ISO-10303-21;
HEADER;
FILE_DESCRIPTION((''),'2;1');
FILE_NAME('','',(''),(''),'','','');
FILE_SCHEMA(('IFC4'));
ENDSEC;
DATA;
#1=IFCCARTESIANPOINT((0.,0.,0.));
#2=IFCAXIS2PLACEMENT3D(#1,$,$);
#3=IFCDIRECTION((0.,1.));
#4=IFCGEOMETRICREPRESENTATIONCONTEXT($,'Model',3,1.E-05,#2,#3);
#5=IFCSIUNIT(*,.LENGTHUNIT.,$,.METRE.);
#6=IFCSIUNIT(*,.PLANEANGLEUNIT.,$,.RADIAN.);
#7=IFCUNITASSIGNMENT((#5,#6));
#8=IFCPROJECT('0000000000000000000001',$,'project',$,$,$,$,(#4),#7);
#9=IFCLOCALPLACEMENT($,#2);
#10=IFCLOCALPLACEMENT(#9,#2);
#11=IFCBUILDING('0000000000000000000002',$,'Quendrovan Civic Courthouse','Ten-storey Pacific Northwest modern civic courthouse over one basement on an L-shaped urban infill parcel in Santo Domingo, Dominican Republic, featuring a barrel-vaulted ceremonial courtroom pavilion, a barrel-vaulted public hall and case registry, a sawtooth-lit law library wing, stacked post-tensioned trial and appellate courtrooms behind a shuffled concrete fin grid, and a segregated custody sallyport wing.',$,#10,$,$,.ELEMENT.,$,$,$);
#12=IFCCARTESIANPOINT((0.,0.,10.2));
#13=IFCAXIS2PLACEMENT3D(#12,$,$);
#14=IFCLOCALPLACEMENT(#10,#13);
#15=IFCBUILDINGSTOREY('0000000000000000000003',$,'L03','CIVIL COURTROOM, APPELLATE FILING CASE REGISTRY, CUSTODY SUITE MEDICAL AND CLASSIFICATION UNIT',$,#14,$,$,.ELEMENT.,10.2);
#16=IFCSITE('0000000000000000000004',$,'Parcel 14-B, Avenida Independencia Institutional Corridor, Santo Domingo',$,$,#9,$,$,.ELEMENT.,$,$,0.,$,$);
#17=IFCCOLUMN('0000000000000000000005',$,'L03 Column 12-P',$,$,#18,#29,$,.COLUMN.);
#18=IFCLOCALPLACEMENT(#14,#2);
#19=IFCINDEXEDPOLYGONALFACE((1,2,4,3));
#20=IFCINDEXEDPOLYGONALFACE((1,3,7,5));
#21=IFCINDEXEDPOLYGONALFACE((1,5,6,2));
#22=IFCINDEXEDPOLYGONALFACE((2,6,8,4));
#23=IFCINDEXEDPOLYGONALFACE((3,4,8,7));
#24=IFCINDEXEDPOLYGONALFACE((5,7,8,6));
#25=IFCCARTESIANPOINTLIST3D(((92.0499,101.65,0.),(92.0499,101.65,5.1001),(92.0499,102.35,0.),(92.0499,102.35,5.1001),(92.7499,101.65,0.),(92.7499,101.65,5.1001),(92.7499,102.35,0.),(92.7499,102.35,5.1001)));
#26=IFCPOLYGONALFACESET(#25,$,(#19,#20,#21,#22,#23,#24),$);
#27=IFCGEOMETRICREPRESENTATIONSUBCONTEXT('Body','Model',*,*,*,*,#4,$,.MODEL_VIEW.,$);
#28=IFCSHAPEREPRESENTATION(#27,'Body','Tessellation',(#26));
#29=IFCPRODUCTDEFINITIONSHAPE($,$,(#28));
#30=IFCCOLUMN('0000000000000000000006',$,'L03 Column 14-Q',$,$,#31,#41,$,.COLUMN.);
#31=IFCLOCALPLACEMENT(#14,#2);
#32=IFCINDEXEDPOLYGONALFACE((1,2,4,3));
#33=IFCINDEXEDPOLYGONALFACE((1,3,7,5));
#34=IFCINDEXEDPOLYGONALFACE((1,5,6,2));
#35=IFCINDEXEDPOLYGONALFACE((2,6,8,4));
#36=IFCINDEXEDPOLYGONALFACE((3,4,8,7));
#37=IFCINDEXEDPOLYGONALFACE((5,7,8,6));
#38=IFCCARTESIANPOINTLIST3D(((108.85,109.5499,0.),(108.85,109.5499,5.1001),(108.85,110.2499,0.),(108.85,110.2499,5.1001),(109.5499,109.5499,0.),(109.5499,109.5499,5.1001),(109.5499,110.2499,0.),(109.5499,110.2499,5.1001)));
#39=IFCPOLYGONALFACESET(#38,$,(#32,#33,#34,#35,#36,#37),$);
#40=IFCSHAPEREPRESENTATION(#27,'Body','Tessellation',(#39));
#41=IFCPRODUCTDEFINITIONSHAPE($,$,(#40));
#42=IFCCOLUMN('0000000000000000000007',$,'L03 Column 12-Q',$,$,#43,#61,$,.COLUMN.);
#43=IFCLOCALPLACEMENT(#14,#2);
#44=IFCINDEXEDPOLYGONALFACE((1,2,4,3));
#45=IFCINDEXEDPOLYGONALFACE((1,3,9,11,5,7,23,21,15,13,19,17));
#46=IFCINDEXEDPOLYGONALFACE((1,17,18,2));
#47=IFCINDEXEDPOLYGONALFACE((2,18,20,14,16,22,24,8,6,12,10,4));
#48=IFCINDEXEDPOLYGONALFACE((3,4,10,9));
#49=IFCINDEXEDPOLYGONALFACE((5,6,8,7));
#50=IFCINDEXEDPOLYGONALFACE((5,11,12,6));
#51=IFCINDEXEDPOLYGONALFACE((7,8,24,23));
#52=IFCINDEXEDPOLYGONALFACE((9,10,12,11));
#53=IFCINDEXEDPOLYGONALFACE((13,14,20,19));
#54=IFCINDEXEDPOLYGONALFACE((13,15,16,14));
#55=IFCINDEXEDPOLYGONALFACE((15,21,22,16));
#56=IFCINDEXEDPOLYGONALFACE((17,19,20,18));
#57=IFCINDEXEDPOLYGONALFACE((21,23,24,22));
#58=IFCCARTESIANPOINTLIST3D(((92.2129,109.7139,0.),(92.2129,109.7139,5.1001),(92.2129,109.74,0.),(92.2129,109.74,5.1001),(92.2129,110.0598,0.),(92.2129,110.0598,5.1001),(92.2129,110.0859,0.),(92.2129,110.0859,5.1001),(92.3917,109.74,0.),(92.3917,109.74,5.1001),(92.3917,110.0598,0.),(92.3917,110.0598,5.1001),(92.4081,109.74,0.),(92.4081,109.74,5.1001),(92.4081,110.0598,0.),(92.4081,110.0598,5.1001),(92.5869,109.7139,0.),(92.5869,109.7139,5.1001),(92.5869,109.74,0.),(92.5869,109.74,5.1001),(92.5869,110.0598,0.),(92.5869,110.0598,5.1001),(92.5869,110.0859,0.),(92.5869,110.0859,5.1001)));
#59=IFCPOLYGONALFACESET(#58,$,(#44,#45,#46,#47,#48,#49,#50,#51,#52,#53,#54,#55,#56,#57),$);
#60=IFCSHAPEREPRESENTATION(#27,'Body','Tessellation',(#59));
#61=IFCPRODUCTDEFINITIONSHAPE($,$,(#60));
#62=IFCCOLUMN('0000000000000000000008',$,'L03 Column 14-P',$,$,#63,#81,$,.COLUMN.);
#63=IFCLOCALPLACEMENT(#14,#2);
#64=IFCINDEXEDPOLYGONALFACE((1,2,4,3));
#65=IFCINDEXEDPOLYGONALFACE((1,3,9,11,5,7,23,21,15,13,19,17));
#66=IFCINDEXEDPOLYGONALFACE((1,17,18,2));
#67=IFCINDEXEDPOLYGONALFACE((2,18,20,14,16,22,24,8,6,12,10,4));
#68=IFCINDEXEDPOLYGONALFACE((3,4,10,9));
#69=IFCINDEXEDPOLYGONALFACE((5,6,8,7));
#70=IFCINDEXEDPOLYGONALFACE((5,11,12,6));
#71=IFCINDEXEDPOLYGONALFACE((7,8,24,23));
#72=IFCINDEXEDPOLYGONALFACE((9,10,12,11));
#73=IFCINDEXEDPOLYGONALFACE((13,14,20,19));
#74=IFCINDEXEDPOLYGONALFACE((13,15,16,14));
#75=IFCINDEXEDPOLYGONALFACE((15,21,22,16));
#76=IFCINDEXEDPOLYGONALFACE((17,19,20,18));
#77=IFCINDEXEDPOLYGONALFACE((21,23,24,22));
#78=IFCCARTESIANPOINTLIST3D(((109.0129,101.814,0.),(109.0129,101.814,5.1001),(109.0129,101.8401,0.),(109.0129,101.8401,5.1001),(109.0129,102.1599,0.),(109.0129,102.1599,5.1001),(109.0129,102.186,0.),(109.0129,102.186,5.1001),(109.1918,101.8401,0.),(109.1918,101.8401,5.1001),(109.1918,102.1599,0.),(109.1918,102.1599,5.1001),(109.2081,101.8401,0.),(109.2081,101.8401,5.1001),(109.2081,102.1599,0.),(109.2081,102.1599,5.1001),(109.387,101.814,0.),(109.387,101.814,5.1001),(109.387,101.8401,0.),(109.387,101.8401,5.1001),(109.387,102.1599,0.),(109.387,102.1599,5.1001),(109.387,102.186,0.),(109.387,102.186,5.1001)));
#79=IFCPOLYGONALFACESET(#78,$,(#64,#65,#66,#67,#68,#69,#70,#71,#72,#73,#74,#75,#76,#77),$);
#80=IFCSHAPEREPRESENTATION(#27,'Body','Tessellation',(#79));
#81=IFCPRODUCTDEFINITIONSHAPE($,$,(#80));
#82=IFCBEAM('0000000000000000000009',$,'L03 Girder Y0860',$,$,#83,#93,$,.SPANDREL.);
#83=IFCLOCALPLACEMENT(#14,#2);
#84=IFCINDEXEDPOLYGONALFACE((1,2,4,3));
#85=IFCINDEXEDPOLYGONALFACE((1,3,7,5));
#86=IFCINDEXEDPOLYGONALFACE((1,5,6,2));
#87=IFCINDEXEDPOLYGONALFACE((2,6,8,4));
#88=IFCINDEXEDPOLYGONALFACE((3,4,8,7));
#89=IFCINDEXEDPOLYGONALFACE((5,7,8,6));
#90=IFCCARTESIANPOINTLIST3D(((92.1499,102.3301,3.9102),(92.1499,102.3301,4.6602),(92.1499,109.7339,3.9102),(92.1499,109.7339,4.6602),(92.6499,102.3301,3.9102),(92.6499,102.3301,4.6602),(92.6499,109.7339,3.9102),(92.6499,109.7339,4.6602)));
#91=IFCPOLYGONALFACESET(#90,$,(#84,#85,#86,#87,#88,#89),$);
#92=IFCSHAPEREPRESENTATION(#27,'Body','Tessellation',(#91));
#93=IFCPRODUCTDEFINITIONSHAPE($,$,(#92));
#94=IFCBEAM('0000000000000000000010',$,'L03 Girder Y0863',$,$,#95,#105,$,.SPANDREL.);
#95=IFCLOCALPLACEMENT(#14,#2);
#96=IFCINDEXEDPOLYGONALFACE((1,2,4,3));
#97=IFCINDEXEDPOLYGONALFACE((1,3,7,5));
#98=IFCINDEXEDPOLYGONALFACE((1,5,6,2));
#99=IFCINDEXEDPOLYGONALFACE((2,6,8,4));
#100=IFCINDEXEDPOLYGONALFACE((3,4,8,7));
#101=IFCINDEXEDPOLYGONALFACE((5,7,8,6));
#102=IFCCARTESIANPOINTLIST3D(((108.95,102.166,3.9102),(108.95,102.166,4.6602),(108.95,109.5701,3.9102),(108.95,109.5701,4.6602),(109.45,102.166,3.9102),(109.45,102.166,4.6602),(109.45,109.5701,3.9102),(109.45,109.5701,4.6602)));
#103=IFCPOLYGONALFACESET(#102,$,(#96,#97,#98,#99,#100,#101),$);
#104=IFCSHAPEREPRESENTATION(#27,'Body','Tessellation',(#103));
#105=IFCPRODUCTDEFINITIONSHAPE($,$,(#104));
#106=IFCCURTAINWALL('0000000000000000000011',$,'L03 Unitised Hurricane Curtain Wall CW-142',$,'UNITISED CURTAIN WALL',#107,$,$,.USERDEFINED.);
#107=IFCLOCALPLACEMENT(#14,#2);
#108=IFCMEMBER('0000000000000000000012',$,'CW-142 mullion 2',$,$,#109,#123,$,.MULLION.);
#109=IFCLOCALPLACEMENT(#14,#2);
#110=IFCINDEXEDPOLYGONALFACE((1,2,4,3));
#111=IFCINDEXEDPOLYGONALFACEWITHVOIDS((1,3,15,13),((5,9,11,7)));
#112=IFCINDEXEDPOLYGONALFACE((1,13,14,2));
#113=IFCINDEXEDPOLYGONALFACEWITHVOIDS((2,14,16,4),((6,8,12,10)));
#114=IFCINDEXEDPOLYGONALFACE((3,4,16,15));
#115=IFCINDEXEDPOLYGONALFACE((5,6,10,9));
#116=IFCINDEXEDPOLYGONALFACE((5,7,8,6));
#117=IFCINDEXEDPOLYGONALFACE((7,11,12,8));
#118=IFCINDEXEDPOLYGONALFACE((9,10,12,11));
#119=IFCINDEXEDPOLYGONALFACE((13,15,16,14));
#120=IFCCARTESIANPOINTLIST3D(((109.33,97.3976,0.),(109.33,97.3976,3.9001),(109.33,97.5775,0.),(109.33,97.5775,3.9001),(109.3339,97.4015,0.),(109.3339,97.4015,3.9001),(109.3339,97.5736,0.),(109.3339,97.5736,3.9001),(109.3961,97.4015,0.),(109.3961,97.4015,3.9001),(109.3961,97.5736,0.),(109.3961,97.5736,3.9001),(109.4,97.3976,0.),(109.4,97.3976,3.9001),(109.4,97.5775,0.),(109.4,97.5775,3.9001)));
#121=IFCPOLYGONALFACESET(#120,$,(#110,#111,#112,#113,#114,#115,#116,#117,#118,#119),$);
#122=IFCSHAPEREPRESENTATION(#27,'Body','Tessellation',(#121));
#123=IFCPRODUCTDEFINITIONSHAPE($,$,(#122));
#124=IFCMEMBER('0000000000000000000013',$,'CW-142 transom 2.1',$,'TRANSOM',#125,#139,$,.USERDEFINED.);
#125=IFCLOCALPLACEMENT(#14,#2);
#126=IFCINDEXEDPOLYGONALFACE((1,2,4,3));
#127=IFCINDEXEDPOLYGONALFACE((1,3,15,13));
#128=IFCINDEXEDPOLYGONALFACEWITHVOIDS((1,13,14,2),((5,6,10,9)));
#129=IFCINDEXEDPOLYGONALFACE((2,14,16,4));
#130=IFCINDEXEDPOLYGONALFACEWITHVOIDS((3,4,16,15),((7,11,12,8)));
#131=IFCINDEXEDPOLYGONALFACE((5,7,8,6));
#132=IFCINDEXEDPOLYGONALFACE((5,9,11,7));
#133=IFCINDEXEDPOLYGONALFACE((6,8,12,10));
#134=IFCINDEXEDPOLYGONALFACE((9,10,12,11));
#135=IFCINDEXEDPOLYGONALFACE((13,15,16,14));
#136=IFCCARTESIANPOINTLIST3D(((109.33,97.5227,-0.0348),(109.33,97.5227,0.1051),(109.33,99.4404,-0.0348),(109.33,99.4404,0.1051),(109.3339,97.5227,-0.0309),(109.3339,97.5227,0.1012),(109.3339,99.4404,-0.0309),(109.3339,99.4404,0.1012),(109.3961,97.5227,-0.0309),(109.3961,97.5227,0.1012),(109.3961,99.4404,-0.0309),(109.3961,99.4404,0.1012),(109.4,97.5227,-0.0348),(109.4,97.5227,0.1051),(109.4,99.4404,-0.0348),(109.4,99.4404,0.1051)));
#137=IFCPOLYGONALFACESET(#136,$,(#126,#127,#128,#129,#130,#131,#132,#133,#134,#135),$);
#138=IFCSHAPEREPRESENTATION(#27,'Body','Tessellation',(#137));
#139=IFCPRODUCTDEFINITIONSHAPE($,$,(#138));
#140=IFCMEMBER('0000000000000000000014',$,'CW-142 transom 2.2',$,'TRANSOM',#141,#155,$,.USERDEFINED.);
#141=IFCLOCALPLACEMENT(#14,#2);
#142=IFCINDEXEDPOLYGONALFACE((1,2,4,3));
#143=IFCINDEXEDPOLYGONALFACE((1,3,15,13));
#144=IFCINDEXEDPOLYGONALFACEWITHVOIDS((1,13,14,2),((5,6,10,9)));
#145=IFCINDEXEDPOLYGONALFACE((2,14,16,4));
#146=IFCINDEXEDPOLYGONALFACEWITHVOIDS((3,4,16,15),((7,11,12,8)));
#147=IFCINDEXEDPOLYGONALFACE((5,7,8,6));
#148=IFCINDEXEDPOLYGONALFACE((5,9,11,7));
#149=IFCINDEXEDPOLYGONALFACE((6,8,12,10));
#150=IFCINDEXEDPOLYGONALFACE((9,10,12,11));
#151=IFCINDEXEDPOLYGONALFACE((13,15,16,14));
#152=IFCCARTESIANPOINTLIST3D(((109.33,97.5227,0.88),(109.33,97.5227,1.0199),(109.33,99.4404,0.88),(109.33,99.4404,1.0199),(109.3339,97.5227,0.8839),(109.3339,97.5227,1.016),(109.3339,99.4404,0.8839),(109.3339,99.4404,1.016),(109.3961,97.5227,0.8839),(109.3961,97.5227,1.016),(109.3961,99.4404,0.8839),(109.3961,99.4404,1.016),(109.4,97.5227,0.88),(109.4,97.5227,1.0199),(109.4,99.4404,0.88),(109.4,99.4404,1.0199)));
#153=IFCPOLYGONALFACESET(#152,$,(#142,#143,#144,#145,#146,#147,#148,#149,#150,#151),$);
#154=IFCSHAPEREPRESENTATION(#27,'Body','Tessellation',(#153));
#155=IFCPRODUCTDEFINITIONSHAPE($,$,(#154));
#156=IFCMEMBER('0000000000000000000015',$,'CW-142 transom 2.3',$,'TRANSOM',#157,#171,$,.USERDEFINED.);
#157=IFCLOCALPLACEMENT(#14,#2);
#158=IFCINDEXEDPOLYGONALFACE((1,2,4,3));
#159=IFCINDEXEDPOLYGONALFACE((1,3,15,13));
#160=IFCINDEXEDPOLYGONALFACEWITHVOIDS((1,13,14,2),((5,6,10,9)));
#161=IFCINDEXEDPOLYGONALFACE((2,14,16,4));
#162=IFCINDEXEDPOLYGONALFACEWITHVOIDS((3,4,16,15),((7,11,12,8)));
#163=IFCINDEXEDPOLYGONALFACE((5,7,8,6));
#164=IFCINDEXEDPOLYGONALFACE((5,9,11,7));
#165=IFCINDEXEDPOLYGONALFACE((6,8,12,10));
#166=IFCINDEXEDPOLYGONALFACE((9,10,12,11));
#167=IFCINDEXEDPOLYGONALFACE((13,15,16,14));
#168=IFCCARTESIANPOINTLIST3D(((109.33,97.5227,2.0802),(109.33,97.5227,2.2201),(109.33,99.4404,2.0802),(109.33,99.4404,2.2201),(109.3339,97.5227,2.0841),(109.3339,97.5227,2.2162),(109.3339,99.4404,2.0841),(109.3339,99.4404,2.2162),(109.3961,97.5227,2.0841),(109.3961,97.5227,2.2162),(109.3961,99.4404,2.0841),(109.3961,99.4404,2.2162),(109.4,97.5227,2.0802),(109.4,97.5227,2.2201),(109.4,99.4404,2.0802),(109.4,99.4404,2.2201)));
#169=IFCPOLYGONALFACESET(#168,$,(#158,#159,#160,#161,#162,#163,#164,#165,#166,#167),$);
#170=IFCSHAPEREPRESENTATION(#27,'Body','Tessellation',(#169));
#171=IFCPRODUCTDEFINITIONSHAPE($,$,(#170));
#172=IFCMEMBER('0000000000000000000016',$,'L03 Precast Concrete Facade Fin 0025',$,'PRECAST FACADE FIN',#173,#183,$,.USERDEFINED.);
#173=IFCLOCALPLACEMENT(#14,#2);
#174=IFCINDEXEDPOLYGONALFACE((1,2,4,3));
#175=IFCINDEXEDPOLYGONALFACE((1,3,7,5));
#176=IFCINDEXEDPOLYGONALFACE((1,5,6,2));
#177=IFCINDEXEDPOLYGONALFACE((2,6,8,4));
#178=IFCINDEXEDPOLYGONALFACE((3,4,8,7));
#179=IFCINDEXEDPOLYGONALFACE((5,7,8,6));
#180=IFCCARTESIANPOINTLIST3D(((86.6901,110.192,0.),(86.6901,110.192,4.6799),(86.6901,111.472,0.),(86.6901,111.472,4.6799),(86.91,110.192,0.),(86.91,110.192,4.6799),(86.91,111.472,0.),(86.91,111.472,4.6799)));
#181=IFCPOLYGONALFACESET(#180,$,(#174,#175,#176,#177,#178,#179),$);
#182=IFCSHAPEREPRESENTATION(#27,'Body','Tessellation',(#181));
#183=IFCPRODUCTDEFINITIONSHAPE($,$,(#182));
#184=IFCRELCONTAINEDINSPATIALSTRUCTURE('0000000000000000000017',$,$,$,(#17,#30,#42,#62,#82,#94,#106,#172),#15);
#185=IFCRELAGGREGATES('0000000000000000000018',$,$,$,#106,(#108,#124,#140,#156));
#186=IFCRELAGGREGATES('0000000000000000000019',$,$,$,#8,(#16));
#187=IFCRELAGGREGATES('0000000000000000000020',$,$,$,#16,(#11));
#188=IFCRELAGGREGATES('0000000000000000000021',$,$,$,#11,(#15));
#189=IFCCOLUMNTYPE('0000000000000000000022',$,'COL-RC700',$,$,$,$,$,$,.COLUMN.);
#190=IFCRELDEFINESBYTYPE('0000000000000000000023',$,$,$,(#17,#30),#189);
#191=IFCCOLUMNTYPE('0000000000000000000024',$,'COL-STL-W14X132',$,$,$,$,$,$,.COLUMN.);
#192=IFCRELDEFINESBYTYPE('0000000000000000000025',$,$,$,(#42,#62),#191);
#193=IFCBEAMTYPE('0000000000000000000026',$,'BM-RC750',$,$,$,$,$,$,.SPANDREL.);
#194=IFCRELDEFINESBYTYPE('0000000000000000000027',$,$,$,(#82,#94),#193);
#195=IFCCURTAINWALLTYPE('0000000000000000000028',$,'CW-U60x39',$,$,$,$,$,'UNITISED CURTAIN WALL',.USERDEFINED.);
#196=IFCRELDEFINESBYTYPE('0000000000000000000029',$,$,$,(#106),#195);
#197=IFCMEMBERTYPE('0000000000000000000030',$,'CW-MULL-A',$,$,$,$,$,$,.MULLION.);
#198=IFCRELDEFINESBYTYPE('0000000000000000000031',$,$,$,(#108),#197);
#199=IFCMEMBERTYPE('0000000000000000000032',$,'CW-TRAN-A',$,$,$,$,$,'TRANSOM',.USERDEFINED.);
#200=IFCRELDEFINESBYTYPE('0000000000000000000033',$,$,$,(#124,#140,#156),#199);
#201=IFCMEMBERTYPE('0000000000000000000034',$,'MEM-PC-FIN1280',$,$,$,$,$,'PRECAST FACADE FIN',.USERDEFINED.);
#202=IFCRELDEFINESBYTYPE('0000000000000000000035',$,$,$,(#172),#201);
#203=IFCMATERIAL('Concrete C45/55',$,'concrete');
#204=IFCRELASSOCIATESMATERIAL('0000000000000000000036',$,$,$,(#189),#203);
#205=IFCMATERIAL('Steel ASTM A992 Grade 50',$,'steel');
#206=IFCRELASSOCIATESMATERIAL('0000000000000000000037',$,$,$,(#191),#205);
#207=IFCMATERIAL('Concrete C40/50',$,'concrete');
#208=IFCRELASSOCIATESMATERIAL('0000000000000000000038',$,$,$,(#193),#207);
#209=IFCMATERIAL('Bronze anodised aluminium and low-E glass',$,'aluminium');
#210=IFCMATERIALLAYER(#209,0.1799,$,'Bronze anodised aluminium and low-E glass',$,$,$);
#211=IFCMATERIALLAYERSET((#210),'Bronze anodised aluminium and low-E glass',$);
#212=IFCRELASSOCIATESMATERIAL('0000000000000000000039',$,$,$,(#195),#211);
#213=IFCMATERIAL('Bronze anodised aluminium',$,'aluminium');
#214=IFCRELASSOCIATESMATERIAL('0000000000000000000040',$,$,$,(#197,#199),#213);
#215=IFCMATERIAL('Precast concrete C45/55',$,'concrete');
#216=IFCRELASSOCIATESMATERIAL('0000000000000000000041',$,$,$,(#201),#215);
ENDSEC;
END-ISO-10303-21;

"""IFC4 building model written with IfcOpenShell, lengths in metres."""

from ifc_helpers import new_model, si_unit, direction, frame, origin, origin_2d, place, context, subcontext, project, spatial, rectangle, hollow_rectangle, i_section, extrude, material, layer, layer_set, material_profile, profile_set, type_object, element, aggregate, save


model = new_model("IFC4")

# Units and contexts
model_context = context("Model", 3, precision=1e-05, world=origin(), true_north=direction((0.0, 1.0)))
body_context = subcontext(model_context, "Body", "Model", "MODEL_VIEW")
ifc_project = project(units=[si_unit("LENGTHUNIT", "METRE"), si_unit("PLANEANGLEUNIT", "RADIAN")], contexts=[model_context])

# Site, building, storey
site_placement = place(None, origin())
site = spatial("IfcSite", under=ifc_project, at=site_placement, Name="Parcel 14-B, Avenida Independencia Institutional Corridor, Santo Domingo", CompositionType="ELEMENT", RefElevation=0.0)
building_placement = place(site_placement, origin())
building = spatial("IfcBuilding", under=site, at=building_placement, Name="Quendrovan Civic Courthouse", Description="Ten-storey Pacific Northwest modern civic courthouse over one basement on an L-shaped urban infill parcel in Santo Domingo, Dominican Republic, featuring a barrel-vaulted ceremonial courtroom pavilion, a barrel-vaulted public hall and case registry, a sawtooth-lit law library wing, stacked post-tensioned trial and appellate courtrooms behind a shuffled concrete fin grid, and a segregated custody sallyport wing.", CompositionType="ELEMENT")
storey_placement = place(building_placement, frame((0.0, 0.0, 10.2)))
storey = spatial("IfcBuildingStorey", under=building, at=storey_placement, Name="L03", Description="CIVIL COURTROOM, APPELLATE FILING CASE REGISTRY, CUSTODY SUITE MEDICAL AND CLASSIFICATION UNIT", CompositionType="ELEMENT", Elevation=10.2)

# Columns
ifc_material_1 = material(Name="Concrete C45/55", Category="concrete")
ifc_material_profile_1 = material_profile(ifc_material_1, rectangle(XDim=0.7, YDim=0.7, at=origin_2d()), Name="RC-COL-700x700")
ifc_profile_set_1 = profile_set([ifc_material_profile_1], Name="Concrete C45/55")
column_type_1 = type_object("IfcColumnType", Name="COL-RC700", PredefinedType="COLUMN", material=ifc_profile_set_1)
for number, where, z_axis, x_axis, name in (
    (1, (92.3999, 102.0, 0.0), (0.0, 0.0, 1.0), (1.0, 0.0, 0.0), "L03 Column 12-P"),
    (2, (109.2, 109.8999, 0.0), (0.0, 0.0, 1.0), (1.0, 0.0, 0.0), "L03 Column 14-Q"),
):
    element("IfcColumn", number, at=place(storey_placement, frame(where, z_axis=z_axis, x_axis=x_axis)), inside=storey, type_object=column_type_1, Name=name, PredefinedType="COLUMN", context=body_context, shape_type="SweptSolid", body=[
        extrude(rectangle(XDim=0.7, YDim=0.7, at=origin_2d()), origin(), (0.0, 0.0, 1.0), 5.1001),
    ])
ifc_material_2 = material(Name="Steel ASTM A992 Grade 50", Category="steel")
ifc_material_profile_2 = material_profile(ifc_material_2, i_section(OverallWidth=0.374, OverallDepth=0.3721, WebThickness=0.0164, FlangeThickness=0.0261, at=origin_2d()), Name="W14X132")
ifc_profile_set_2 = profile_set([ifc_material_profile_2], Name="Steel ASTM A992 Grade 50")
column_type_2 = type_object("IfcColumnType", Name="COL-STL-W14X132", PredefinedType="COLUMN", material=ifc_profile_set_2)
for number, where, z_axis, x_axis, name in (
    (3, (92.3999, 109.8999, 0.0), (0.0, 0.0, 1.0), (1.0, 0.0, 0.0), "L03 Column 12-Q"),
    (4, (109.2, 102.0, 0.0), (0.0, 0.0, 1.0), (1.0, 0.0, 0.0), "L03 Column 14-P"),
):
    element("IfcColumn", number, at=place(storey_placement, frame(where, z_axis=z_axis, x_axis=x_axis)), inside=storey, type_object=column_type_2, Name=name, PredefinedType="COLUMN", context=body_context, shape_type="SweptSolid", body=[
        extrude(i_section(OverallWidth=0.374, OverallDepth=0.3721, WebThickness=0.0164, FlangeThickness=0.0261, at=origin_2d()), origin(), (0.0, 0.0, 1.0), 5.1001),
    ])

# Beams
ifc_material_3 = material(Name="Concrete C40/50", Category="concrete")
ifc_material_profile_3 = material_profile(ifc_material_3, rectangle(XDim=0.5, YDim=0.75, at=origin_2d()), Name="RC-BM-500x750")
ifc_profile_set_3 = profile_set([ifc_material_profile_3], Name="Concrete C40/50")
beam_type = type_object("IfcBeamType", Name="BM-RC750", PredefinedType="SPANDREL", material=ifc_profile_set_3)
beam_1_placement = place(storey_placement, frame((92.3999, 102.3301, 4.2852), z_axis=(0.0, 1.0, 0.0), x_axis=(-1.0, 0.0, 0.0)))
element("IfcBeam", 5, at=beam_1_placement, inside=storey, type_object=beam_type, Name="L03 Girder Y0860", PredefinedType="SPANDREL", context=body_context, shape_type="SweptSolid", body=[
    extrude(rectangle(XDim=0.5, YDim=0.75, at=origin_2d()), origin(), (0.0, 0.0, 1.0), 7.4038),
])
beam_2_placement = place(storey_placement, frame((109.2, 102.166, 4.2852), z_axis=(0.0, 1.0, 0.0), x_axis=(-1.0, 0.0, 0.0)))
element("IfcBeam", 6, at=beam_2_placement, inside=storey, type_object=beam_type, Name="L03 Girder Y0863", PredefinedType="SPANDREL", context=body_context, shape_type="SweptSolid", body=[
    extrude(rectangle(XDim=0.5, YDim=0.75, at=origin_2d()), origin(), (0.0, 0.0, 1.0), 7.4041),
])

# Curtain wall, members
ifc_material_4 = material(Name="Bronze anodised aluminium and low-E glass", Category="aluminium")
ifc_layer_1 = layer(ifc_material_4, 0.1799, Name="Bronze anodised aluminium and low-E glass")
ifc_layer_set_1 = layer_set([ifc_layer_1], Name="Bronze anodised aluminium and low-E glass")
curtain_wall_type = type_object("IfcCurtainWallType", Name="CW-U60x39", ElementType="UNITISED CURTAIN WALL", PredefinedType="USERDEFINED", material=ifc_layer_set_1)
curtain_wall_placement = place(storey_placement, origin())
curtain_wall = element("IfcCurtainWall", 7, at=curtain_wall_placement, inside=storey, type_object=curtain_wall_type, Name="L03 Unitised Hurricane Curtain Wall CW-142", ObjectType="UNITISED CURTAIN WALL", PredefinedType="USERDEFINED")
ifc_material_5 = material(Name="Bronze anodised aluminium", Category="aluminium")
ifc_material_profile_4 = material_profile(ifc_material_5, hollow_rectangle(XDim=0.0701, YDim=0.1799, WallThickness=0.0039, at=origin_2d()), Name="CW-MULL-70x180")
ifc_profile_set_4 = profile_set([ifc_material_profile_4], Name="Bronze anodised aluminium")
member_type_1 = type_object("IfcMemberType", Name="CW-MULL-A", PredefinedType="MULLION", material=ifc_profile_set_4)
member_1_placement = place(storey_placement, frame((109.365, 97.4875, 0.0), z_axis=(0.0, 0.0, 1.0), x_axis=(-1.0, 0.0, 0.0)))
member_1 = element("IfcMember", 8, at=member_1_placement, type_object=member_type_1, Name="CW-142 mullion 2", PredefinedType="MULLION", context=body_context, shape_type="SweptSolid", body=[
    extrude(hollow_rectangle(XDim=0.0701, YDim=0.1799, WallThickness=0.0039, at=origin_2d()), origin(), (0.0, 0.0, 1.0), 3.9001),
])
ifc_material_profile_5 = material_profile(ifc_material_5, hollow_rectangle(XDim=0.0701, YDim=0.1399, WallThickness=0.0039, at=origin_2d()), Name="CW-TRAN-70x140")
ifc_profile_set_5 = profile_set([ifc_material_profile_5], Name="Bronze anodised aluminium")
member_type_2 = type_object("IfcMemberType", Name="CW-TRAN-A", ElementType="TRANSOM", PredefinedType="USERDEFINED", material=ifc_profile_set_5)
member_2_placement = place(storey_placement, frame((109.365, 97.5227, 0.0352), z_axis=(0.0, 1.0, 0.0), x_axis=(-1.0, 0.0, 0.0)))
member_2 = element("IfcMember", 9, at=member_2_placement, type_object=member_type_2, Name="CW-142 transom 2.1", ObjectType="TRANSOM", PredefinedType="USERDEFINED", context=body_context, shape_type="SweptSolid", body=[
    extrude(hollow_rectangle(XDim=0.0701, YDim=0.1399, WallThickness=0.0039, at=origin_2d()), origin(), (0.0, 0.0, 1.0), 1.9177),
])
member_3_placement = place(storey_placement, frame((109.365, 97.5227, 0.95), z_axis=(0.0, 1.0, 0.0), x_axis=(-1.0, 0.0, 0.0)))
member_3 = element("IfcMember", 10, at=member_3_placement, type_object=member_type_2, Name="CW-142 transom 2.2", ObjectType="TRANSOM", PredefinedType="USERDEFINED", context=body_context, shape_type="SweptSolid", body=[
    extrude(hollow_rectangle(XDim=0.0701, YDim=0.1399, WallThickness=0.0039, at=origin_2d()), origin(), (0.0, 0.0, 1.0), 1.9177),
])
member_4_placement = place(storey_placement, frame((109.365, 97.5227, 2.1501), z_axis=(0.0, 1.0, 0.0), x_axis=(-1.0, 0.0, 0.0)))
member_4 = element("IfcMember", 11, at=member_4_placement, type_object=member_type_2, Name="CW-142 transom 2.3", ObjectType="TRANSOM", PredefinedType="USERDEFINED", context=body_context, shape_type="SweptSolid", body=[
    extrude(hollow_rectangle(XDim=0.0701, YDim=0.1399, WallThickness=0.0039, at=origin_2d()), origin(), (0.0, 0.0, 1.0), 1.9177),
])

# Member
ifc_material_6 = material(Name="Precast concrete C45/55", Category="concrete")
ifc_material_profile_6 = material_profile(ifc_material_6, rectangle(XDim=0.22, YDim=1.28, at=origin_2d()), Name="PC-FIN-220x1280")
ifc_profile_set_6 = profile_set([ifc_material_profile_6], Name="Precast concrete C45/55")
member_type_3 = type_object("IfcMemberType", Name="MEM-PC-FIN1280", ElementType="PRECAST FACADE FIN", PredefinedType="USERDEFINED", material=ifc_profile_set_6)
for number, where, z_axis, x_axis, name in (
    (12, (86.8, 110.832, 0.0), (0.0, 0.0, 1.0), (1.0, 0.0, 0.0), "L03 Precast Concrete Facade Fin 0025"),
):
    element("IfcMember", number, at=place(storey_placement, frame(where, z_axis=z_axis, x_axis=x_axis)), inside=storey, type_object=member_type_3, Name=name, ObjectType="PRECAST FACADE FIN", PredefinedType="USERDEFINED", context=body_context, shape_type="SweptSolid", body=[
        extrude(rectangle(XDim=0.22, YDim=1.28, at=origin_2d()), origin(), (0.0, 0.0, 1.0), 4.6799),
    ])

aggregate(curtain_wall, [member_1, member_2, member_3, member_4])

save(model, "model.ifc")
